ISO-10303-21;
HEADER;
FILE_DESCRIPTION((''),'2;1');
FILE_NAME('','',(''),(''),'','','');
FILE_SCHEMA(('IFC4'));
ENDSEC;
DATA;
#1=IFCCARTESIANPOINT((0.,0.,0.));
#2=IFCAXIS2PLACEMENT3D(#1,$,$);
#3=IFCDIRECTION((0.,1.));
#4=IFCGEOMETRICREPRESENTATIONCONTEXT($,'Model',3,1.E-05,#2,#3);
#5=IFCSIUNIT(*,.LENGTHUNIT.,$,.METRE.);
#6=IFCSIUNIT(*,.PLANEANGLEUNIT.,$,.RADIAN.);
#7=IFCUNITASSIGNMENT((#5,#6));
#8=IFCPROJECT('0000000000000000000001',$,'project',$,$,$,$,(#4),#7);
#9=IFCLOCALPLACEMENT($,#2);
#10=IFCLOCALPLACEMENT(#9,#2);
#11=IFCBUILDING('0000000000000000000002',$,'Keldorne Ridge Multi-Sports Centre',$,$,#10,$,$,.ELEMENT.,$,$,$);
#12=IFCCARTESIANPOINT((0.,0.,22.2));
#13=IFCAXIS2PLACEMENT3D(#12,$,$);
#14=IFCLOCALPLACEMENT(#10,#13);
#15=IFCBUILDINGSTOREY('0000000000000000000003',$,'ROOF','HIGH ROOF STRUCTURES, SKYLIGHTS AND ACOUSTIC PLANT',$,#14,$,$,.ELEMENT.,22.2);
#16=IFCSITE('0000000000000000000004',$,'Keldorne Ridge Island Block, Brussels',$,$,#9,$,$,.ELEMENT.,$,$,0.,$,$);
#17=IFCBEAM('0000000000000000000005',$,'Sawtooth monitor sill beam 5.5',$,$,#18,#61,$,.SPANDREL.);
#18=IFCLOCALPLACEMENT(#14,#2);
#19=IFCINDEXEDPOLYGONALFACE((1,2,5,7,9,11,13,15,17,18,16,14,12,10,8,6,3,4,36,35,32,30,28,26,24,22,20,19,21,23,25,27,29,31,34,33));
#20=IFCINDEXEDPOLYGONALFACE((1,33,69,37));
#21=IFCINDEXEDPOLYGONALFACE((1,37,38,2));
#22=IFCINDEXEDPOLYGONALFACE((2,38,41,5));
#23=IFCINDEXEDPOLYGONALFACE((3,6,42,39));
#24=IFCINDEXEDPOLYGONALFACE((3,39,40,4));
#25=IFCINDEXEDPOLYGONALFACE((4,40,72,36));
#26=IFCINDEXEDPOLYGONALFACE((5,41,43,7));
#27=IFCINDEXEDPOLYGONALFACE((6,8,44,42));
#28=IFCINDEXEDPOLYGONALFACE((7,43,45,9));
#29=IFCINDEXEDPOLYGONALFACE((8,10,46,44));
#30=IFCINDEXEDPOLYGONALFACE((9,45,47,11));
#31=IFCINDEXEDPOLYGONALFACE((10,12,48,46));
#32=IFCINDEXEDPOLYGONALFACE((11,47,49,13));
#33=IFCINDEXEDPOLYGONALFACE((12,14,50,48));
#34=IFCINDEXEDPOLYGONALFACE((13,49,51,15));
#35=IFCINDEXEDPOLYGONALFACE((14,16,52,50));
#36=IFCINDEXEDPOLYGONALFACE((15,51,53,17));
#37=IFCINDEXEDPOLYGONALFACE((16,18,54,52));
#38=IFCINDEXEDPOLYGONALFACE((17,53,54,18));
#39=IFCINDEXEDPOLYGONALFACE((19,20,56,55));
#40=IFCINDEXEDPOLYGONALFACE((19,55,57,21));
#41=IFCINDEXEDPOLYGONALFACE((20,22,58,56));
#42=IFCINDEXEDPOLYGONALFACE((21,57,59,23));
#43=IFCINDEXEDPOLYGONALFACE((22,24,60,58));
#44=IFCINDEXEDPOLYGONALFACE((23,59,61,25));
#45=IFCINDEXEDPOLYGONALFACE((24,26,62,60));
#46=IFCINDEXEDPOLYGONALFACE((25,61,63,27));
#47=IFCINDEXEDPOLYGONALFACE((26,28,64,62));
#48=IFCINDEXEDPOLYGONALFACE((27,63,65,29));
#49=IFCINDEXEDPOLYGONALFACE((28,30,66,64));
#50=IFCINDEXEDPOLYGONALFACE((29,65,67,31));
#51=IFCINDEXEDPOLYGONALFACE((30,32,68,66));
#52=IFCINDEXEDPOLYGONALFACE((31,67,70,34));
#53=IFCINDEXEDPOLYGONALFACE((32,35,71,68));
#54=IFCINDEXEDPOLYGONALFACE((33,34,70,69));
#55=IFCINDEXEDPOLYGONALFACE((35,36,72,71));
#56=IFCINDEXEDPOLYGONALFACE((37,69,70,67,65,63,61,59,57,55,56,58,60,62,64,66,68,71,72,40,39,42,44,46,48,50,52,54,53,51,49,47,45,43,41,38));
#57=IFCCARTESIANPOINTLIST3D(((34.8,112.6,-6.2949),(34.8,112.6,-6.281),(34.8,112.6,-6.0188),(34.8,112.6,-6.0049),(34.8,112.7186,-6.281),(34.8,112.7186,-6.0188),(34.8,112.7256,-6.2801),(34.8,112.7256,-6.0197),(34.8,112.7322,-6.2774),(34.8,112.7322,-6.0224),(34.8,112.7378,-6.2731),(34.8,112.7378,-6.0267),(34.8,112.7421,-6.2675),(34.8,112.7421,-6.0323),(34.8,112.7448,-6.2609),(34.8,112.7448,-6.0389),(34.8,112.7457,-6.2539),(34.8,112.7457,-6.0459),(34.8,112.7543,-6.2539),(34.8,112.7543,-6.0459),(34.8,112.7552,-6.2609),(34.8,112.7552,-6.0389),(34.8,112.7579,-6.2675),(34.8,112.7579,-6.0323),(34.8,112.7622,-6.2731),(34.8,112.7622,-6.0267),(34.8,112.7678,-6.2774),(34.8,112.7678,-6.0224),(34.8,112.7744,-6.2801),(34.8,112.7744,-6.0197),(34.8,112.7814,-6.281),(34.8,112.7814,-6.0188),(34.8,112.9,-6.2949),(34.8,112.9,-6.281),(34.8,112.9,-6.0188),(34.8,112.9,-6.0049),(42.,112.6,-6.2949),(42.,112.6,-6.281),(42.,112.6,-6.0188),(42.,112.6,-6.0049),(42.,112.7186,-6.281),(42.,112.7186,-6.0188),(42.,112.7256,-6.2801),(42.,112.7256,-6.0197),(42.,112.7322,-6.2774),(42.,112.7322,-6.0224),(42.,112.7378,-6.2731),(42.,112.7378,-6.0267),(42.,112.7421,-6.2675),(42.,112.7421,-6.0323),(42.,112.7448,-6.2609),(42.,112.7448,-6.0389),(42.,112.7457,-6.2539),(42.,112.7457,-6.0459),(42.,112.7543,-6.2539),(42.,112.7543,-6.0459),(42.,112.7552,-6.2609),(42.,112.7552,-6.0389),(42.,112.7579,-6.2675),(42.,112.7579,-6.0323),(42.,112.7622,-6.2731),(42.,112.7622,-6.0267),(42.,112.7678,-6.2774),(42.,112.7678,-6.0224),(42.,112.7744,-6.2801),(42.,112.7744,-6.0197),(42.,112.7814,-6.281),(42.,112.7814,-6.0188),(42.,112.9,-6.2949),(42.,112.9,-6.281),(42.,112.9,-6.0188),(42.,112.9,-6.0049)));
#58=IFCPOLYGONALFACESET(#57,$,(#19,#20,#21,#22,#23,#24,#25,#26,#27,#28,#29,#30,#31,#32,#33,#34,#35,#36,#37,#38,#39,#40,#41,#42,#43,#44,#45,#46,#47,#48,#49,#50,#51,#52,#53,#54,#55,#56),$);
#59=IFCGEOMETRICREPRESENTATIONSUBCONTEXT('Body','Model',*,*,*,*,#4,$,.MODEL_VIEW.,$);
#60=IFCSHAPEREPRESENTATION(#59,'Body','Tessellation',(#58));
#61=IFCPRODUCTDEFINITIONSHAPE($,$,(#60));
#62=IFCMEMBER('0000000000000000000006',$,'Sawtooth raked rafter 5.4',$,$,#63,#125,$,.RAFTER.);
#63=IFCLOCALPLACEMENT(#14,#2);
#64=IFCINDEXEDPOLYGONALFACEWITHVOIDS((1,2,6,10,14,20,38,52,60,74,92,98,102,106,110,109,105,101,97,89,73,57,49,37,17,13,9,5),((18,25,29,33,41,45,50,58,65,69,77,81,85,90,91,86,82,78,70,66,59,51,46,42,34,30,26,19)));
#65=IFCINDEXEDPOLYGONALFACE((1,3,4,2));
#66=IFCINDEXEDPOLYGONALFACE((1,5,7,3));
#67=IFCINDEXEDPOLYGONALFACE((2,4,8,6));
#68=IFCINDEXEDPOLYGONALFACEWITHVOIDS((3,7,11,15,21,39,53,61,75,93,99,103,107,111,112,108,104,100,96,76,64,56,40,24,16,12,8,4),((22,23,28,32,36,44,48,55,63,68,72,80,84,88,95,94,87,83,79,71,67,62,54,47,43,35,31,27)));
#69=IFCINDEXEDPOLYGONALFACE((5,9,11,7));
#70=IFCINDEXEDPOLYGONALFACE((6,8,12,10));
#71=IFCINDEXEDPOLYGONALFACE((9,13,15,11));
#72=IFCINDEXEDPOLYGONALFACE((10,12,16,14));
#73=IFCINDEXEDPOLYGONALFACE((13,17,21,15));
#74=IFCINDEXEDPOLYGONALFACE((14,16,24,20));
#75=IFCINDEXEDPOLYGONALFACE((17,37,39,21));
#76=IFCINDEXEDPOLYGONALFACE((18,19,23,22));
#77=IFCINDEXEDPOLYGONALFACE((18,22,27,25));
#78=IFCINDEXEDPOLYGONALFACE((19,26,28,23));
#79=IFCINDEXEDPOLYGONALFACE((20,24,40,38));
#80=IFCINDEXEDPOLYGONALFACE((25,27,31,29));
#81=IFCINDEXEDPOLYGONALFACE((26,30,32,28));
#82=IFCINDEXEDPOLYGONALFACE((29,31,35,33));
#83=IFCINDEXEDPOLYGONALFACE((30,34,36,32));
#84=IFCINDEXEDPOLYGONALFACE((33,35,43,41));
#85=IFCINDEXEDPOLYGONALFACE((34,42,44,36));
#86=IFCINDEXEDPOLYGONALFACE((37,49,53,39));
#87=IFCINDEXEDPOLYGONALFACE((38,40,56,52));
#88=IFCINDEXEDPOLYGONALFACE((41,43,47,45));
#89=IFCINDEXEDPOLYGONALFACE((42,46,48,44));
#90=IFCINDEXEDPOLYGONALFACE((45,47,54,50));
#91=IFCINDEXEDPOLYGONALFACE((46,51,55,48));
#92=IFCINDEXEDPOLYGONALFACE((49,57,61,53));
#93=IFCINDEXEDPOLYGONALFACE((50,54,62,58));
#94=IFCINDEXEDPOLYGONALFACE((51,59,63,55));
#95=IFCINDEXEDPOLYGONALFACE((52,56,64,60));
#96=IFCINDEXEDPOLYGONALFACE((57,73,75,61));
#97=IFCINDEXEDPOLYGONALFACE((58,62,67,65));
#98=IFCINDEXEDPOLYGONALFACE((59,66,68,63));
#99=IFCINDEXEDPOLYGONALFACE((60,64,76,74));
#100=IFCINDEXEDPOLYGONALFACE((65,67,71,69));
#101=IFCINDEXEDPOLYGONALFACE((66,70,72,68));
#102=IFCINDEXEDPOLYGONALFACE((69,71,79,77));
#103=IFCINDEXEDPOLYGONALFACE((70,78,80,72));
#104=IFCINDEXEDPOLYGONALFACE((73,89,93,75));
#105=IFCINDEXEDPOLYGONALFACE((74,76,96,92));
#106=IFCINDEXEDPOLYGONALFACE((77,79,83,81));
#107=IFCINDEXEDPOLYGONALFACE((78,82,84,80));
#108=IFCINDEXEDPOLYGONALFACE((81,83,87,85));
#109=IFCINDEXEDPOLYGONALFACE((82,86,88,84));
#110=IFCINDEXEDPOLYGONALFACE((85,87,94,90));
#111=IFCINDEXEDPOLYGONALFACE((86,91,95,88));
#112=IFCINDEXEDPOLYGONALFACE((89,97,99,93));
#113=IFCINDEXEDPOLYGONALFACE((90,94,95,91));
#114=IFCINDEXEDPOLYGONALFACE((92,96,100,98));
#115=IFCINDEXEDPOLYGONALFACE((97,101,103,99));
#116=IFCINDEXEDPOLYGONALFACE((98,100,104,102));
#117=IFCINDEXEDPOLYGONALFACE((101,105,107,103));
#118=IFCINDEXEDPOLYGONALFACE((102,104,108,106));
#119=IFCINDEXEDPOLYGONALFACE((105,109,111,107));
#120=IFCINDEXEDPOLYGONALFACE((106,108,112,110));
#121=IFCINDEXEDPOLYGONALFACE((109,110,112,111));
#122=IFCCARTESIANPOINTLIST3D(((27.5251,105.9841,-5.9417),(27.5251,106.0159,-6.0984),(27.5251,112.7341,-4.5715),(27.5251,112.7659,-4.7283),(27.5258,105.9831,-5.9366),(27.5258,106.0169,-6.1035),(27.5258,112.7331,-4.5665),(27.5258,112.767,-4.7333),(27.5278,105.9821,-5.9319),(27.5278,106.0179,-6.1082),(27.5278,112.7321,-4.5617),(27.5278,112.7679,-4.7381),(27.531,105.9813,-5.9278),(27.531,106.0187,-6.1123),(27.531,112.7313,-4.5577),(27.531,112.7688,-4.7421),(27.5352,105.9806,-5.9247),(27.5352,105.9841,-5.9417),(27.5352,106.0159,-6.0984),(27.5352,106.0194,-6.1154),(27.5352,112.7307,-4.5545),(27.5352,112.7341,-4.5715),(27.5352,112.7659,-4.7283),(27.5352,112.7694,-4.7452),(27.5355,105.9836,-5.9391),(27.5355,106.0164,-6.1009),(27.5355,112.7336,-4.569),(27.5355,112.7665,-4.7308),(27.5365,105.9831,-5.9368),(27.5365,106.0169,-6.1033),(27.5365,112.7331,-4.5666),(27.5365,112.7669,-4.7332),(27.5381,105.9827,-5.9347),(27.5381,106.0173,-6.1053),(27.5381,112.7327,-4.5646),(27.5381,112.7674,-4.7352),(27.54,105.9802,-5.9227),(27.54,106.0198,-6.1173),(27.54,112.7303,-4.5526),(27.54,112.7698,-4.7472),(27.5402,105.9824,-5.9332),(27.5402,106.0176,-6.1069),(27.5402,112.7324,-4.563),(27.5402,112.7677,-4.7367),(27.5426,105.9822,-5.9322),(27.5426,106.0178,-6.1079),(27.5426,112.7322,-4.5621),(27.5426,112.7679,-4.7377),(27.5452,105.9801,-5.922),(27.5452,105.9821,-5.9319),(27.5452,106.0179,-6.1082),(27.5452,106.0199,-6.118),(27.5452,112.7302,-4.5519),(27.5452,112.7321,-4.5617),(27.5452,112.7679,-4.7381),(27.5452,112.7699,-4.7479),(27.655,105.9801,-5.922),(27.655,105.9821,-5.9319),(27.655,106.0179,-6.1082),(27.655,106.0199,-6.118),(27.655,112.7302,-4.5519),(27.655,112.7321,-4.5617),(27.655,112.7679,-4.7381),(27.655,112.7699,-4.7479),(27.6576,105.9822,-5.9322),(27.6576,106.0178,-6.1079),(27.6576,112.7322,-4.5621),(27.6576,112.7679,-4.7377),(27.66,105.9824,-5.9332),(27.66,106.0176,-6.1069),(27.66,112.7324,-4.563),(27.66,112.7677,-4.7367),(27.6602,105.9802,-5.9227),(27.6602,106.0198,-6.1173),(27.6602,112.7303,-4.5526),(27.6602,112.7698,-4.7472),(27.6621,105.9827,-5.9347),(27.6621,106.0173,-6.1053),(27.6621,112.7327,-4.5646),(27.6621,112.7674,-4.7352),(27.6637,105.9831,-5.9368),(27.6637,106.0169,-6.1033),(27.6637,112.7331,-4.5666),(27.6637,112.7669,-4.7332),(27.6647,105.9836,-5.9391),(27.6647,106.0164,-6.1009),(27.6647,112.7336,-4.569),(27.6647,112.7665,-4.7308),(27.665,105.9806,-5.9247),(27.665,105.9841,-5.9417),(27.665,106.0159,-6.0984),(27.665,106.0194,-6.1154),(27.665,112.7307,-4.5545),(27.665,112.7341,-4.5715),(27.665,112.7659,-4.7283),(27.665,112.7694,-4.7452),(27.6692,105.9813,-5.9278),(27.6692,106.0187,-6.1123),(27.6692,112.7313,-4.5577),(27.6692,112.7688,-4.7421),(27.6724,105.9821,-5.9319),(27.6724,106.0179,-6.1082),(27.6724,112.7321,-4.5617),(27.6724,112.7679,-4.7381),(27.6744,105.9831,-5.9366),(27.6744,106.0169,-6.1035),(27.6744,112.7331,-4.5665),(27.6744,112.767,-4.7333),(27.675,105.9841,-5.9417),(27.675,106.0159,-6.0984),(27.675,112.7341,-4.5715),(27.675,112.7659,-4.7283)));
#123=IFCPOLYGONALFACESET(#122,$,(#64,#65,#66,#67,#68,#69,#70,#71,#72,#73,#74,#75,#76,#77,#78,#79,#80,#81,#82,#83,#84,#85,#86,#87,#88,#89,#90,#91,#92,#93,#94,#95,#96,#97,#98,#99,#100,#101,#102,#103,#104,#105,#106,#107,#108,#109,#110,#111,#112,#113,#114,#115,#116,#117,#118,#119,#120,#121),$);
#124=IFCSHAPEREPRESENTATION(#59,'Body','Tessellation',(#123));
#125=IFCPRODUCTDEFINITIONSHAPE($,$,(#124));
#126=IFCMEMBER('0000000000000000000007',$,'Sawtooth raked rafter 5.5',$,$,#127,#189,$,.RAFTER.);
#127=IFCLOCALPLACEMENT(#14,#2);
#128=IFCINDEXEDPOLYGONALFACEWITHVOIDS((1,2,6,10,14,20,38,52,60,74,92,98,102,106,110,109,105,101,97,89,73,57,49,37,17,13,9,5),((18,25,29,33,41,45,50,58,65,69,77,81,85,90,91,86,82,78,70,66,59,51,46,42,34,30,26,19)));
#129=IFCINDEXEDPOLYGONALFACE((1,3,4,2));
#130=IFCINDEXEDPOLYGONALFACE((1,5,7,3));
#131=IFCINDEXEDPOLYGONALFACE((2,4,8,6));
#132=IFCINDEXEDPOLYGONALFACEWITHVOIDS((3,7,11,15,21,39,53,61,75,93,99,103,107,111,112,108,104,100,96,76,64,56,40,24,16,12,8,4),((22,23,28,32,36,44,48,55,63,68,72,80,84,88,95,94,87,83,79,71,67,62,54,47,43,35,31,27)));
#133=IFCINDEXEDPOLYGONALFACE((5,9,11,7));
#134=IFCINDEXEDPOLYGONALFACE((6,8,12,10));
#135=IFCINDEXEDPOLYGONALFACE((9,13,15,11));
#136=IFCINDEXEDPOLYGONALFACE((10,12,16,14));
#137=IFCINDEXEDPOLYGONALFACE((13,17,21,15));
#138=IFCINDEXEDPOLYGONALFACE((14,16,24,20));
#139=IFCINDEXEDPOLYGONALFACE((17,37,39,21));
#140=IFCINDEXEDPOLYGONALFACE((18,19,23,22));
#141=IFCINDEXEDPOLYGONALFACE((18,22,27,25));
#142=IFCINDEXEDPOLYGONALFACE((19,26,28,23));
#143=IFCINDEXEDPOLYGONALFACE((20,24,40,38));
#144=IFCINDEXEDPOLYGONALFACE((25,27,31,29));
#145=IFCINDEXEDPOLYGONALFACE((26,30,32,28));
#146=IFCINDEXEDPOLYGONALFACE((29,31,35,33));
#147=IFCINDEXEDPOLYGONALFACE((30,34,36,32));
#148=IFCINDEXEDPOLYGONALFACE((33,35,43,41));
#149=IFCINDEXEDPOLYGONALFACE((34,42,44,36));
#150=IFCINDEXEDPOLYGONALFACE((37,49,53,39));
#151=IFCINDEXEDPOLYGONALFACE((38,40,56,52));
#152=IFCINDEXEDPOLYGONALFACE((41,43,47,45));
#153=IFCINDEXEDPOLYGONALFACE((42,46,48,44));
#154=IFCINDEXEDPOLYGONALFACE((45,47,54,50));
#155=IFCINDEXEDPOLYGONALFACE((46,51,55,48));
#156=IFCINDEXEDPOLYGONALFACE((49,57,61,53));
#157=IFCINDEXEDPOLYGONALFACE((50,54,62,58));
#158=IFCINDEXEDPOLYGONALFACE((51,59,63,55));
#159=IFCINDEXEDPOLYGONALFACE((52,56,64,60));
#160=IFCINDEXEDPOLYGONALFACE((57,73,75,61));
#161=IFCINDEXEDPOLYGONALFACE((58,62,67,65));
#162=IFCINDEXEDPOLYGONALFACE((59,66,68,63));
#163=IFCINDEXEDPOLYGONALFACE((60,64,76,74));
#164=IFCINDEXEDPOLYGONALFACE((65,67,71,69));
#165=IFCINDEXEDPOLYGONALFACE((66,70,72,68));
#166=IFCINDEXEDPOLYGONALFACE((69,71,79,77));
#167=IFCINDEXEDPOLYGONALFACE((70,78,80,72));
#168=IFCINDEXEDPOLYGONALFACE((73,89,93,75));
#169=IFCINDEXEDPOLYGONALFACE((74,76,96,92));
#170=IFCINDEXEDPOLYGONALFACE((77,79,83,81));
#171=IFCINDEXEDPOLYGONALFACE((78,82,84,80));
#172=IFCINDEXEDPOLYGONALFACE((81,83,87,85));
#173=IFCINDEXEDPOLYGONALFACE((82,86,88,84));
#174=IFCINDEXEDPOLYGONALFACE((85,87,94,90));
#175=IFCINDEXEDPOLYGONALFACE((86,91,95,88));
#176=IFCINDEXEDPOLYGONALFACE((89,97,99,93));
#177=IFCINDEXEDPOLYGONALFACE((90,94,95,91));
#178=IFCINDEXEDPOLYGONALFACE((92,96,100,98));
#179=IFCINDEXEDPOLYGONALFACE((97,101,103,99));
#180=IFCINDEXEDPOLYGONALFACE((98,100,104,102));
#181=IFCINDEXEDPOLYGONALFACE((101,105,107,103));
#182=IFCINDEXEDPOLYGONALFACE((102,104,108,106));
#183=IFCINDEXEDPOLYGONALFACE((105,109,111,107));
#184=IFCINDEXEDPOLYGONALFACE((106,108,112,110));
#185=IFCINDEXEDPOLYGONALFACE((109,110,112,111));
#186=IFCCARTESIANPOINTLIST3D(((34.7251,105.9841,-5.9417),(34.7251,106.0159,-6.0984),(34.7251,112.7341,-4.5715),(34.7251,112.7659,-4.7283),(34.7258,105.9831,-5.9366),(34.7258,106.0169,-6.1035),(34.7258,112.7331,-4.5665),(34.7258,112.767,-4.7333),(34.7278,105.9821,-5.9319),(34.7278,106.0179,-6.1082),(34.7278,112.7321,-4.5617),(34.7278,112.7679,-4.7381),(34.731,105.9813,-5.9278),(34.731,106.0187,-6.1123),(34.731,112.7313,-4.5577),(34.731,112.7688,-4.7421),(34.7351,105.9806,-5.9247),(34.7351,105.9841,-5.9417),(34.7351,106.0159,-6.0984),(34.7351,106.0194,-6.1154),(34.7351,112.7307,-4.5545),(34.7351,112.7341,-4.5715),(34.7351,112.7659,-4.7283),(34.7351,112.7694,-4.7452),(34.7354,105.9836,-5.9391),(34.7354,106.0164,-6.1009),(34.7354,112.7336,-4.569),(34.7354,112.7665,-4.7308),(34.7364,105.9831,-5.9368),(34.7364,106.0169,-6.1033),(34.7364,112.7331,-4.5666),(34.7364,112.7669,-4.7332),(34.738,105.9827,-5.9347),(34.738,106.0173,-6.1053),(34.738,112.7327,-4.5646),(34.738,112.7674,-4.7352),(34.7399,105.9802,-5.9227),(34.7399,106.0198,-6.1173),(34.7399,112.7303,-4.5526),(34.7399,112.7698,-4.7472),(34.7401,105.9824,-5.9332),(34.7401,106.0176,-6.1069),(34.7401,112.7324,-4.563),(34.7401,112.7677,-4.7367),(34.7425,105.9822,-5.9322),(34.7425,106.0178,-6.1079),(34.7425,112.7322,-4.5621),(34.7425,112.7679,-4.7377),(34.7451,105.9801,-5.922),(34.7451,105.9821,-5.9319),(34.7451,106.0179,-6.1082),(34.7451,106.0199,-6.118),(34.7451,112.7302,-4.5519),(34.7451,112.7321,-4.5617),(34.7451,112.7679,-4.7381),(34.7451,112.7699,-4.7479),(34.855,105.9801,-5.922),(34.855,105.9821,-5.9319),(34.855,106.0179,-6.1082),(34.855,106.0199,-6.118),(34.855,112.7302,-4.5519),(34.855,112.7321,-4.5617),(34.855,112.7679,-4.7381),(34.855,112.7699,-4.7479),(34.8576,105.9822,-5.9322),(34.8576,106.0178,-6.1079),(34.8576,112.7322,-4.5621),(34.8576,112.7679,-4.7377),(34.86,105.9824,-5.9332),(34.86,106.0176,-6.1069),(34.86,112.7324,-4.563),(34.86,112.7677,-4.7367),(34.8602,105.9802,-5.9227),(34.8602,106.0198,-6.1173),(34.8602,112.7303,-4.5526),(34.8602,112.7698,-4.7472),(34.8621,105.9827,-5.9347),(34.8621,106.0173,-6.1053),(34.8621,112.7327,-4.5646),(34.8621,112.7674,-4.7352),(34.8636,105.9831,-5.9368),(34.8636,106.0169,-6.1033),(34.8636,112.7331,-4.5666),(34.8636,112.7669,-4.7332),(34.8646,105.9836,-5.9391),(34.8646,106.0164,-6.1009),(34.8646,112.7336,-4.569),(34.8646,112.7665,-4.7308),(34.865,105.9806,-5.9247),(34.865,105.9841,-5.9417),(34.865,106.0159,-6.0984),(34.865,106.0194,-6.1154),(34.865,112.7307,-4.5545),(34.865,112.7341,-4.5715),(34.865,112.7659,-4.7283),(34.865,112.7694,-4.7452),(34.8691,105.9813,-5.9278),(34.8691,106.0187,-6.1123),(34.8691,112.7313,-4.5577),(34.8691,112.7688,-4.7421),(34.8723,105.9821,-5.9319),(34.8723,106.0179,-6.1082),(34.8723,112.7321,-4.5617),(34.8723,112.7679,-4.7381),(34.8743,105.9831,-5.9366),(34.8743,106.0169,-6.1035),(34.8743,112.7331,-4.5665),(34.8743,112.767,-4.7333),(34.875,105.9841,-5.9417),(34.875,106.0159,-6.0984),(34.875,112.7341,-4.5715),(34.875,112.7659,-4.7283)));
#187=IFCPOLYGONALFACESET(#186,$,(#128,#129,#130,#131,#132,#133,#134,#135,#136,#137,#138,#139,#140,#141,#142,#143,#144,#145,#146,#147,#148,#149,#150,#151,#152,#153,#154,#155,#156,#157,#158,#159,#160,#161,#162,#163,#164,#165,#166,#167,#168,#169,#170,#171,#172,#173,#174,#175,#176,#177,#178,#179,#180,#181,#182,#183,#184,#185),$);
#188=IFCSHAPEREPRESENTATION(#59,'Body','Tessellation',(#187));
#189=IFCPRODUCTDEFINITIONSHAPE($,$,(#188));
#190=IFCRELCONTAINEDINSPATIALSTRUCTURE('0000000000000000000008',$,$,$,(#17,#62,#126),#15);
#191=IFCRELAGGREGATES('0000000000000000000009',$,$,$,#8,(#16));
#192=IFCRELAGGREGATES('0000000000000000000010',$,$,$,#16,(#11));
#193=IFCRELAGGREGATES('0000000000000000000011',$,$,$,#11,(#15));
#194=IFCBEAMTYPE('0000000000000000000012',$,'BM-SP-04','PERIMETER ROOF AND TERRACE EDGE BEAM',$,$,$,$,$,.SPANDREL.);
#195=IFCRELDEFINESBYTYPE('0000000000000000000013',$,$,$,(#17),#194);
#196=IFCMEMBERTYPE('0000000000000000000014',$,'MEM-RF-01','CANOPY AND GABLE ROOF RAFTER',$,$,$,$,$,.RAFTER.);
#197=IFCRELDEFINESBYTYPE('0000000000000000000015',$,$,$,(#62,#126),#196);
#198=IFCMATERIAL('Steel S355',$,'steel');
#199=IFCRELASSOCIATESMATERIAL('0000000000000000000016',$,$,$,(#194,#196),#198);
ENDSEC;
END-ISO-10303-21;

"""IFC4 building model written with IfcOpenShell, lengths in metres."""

from ifc_helpers import new_model, si_unit, direction, frame, origin, origin_2d, place, context, subcontext, project, spatial, hollow_rectangle, i_section, extrude, material, material_profile, profile_set, type_object, element, save


model = new_model("IFC4")

# Units and contexts
model_context = context("Model", 3, precision=1e-05, world=origin(), true_north=direction((0.0, 1.0)))
body_context = subcontext(model_context, "Body", "Model", "MODEL_VIEW")
ifc_project = project(units=[si_unit("LENGTHUNIT", "METRE"), si_unit("PLANEANGLEUNIT", "RADIAN")], contexts=[model_context])

# Site, building, storey
site_placement = place(None, origin())
site = spatial("IfcSite", under=ifc_project, at=site_placement, Name="Keldorne Ridge Island Block, Brussels", CompositionType="ELEMENT", RefElevation=0.0)
building_placement = place(site_placement, origin())
building = spatial("IfcBuilding", under=site, at=building_placement, Name="Keldorne Ridge Multi-Sports Centre", CompositionType="ELEMENT")
storey_placement = place(building_placement, frame((0.0, 0.0, 22.2)))
storey = spatial("IfcBuildingStorey", under=building, at=storey_placement, Name="ROOF", Description="HIGH ROOF STRUCTURES, SKYLIGHTS AND ACOUSTIC PLANT", CompositionType="ELEMENT", Elevation=22.2)

# Beam
ifc_material_1 = material(Name="Steel S355", Category="steel")
ifc_material_profile_1 = material_profile(ifc_material_1, i_section(OverallWidth=0.3, OverallDepth=0.29, WebThickness=0.0085, FlangeThickness=0.0139, FilletRadius=0.0271, at=origin_2d()), Name="HEA 300")
ifc_profile_set_1 = profile_set([ifc_material_profile_1], Name="Steel S355")
beam_type_1 = type_object("IfcBeamType", Name="BM-SP-04", Description="PERIMETER ROOF AND TERRACE EDGE BEAM", PredefinedType="SPANDREL", material=ifc_profile_set_1)
for number, where, z_axis, x_axis, name in (
    (1, (34.8, 112.75, -6.1499), (1.0, 0.0, 0.0), (0.0, 1.0, 0.0), "Sawtooth monitor sill beam 5.5"),
):
    element("IfcBeam", number, at=place(storey_placement, frame(where, z_axis=z_axis, x_axis=x_axis)), inside=storey, type_object=beam_type_1, Name=name, PredefinedType="SPANDREL", context=body_context, shape_type="SweptSolid", body=[
        extrude(i_section(OverallWidth=0.3, OverallDepth=0.29, WebThickness=0.0085, FlangeThickness=0.0139, FilletRadius=0.0271, at=origin_2d()), origin(), (0.0, 0.0, 1.0), 7.2),
    ])

# Members
ifc_material_profile_2 = material_profile(ifc_material_1, hollow_rectangle(XDim=0.1499, YDim=0.2, WallThickness=0.01, InnerFilletRadius=0.01, OuterFilletRadius=0.02, at=origin_2d()), Name="RHS 200x150x10")
ifc_profile_set_2 = profile_set([ifc_material_profile_2], Name="Steel S355")
member_type_1 = type_object("IfcMemberType", Name="MEM-RF-01", Description="CANOPY AND GABLE ROOF RAFTER", PredefinedType="RAFTER", material=ifc_profile_set_2)
for number, where, z_axis, x_axis, name in (
    (2, (27.6001, 106.0, -6.02), (0.0, 0.980015, 0.198924), (-1.0, 0.0, 0.0), "Sawtooth raked rafter 5.4"),
    (3, (34.8, 106.0, -6.02), (0.0, 0.980015, 0.198924), (-1.0, 0.0, 0.0), "Sawtooth raked rafter 5.5"),
):
    element("IfcMember", number, at=place(storey_placement, frame(where, z_axis=z_axis, x_axis=x_axis)), inside=storey, type_object=member_type_1, Name=name, PredefinedType="RAFTER", context=body_context, shape_type="SweptSolid", body=[
        extrude(hollow_rectangle(XDim=0.1499, YDim=0.2, WallThickness=0.01, InnerFilletRadius=0.01, OuterFilletRadius=0.02, at=origin_2d()), origin(), (0.0, 0.0, 1.0), 6.8877),
    ])

save(model, "model.ifc")
